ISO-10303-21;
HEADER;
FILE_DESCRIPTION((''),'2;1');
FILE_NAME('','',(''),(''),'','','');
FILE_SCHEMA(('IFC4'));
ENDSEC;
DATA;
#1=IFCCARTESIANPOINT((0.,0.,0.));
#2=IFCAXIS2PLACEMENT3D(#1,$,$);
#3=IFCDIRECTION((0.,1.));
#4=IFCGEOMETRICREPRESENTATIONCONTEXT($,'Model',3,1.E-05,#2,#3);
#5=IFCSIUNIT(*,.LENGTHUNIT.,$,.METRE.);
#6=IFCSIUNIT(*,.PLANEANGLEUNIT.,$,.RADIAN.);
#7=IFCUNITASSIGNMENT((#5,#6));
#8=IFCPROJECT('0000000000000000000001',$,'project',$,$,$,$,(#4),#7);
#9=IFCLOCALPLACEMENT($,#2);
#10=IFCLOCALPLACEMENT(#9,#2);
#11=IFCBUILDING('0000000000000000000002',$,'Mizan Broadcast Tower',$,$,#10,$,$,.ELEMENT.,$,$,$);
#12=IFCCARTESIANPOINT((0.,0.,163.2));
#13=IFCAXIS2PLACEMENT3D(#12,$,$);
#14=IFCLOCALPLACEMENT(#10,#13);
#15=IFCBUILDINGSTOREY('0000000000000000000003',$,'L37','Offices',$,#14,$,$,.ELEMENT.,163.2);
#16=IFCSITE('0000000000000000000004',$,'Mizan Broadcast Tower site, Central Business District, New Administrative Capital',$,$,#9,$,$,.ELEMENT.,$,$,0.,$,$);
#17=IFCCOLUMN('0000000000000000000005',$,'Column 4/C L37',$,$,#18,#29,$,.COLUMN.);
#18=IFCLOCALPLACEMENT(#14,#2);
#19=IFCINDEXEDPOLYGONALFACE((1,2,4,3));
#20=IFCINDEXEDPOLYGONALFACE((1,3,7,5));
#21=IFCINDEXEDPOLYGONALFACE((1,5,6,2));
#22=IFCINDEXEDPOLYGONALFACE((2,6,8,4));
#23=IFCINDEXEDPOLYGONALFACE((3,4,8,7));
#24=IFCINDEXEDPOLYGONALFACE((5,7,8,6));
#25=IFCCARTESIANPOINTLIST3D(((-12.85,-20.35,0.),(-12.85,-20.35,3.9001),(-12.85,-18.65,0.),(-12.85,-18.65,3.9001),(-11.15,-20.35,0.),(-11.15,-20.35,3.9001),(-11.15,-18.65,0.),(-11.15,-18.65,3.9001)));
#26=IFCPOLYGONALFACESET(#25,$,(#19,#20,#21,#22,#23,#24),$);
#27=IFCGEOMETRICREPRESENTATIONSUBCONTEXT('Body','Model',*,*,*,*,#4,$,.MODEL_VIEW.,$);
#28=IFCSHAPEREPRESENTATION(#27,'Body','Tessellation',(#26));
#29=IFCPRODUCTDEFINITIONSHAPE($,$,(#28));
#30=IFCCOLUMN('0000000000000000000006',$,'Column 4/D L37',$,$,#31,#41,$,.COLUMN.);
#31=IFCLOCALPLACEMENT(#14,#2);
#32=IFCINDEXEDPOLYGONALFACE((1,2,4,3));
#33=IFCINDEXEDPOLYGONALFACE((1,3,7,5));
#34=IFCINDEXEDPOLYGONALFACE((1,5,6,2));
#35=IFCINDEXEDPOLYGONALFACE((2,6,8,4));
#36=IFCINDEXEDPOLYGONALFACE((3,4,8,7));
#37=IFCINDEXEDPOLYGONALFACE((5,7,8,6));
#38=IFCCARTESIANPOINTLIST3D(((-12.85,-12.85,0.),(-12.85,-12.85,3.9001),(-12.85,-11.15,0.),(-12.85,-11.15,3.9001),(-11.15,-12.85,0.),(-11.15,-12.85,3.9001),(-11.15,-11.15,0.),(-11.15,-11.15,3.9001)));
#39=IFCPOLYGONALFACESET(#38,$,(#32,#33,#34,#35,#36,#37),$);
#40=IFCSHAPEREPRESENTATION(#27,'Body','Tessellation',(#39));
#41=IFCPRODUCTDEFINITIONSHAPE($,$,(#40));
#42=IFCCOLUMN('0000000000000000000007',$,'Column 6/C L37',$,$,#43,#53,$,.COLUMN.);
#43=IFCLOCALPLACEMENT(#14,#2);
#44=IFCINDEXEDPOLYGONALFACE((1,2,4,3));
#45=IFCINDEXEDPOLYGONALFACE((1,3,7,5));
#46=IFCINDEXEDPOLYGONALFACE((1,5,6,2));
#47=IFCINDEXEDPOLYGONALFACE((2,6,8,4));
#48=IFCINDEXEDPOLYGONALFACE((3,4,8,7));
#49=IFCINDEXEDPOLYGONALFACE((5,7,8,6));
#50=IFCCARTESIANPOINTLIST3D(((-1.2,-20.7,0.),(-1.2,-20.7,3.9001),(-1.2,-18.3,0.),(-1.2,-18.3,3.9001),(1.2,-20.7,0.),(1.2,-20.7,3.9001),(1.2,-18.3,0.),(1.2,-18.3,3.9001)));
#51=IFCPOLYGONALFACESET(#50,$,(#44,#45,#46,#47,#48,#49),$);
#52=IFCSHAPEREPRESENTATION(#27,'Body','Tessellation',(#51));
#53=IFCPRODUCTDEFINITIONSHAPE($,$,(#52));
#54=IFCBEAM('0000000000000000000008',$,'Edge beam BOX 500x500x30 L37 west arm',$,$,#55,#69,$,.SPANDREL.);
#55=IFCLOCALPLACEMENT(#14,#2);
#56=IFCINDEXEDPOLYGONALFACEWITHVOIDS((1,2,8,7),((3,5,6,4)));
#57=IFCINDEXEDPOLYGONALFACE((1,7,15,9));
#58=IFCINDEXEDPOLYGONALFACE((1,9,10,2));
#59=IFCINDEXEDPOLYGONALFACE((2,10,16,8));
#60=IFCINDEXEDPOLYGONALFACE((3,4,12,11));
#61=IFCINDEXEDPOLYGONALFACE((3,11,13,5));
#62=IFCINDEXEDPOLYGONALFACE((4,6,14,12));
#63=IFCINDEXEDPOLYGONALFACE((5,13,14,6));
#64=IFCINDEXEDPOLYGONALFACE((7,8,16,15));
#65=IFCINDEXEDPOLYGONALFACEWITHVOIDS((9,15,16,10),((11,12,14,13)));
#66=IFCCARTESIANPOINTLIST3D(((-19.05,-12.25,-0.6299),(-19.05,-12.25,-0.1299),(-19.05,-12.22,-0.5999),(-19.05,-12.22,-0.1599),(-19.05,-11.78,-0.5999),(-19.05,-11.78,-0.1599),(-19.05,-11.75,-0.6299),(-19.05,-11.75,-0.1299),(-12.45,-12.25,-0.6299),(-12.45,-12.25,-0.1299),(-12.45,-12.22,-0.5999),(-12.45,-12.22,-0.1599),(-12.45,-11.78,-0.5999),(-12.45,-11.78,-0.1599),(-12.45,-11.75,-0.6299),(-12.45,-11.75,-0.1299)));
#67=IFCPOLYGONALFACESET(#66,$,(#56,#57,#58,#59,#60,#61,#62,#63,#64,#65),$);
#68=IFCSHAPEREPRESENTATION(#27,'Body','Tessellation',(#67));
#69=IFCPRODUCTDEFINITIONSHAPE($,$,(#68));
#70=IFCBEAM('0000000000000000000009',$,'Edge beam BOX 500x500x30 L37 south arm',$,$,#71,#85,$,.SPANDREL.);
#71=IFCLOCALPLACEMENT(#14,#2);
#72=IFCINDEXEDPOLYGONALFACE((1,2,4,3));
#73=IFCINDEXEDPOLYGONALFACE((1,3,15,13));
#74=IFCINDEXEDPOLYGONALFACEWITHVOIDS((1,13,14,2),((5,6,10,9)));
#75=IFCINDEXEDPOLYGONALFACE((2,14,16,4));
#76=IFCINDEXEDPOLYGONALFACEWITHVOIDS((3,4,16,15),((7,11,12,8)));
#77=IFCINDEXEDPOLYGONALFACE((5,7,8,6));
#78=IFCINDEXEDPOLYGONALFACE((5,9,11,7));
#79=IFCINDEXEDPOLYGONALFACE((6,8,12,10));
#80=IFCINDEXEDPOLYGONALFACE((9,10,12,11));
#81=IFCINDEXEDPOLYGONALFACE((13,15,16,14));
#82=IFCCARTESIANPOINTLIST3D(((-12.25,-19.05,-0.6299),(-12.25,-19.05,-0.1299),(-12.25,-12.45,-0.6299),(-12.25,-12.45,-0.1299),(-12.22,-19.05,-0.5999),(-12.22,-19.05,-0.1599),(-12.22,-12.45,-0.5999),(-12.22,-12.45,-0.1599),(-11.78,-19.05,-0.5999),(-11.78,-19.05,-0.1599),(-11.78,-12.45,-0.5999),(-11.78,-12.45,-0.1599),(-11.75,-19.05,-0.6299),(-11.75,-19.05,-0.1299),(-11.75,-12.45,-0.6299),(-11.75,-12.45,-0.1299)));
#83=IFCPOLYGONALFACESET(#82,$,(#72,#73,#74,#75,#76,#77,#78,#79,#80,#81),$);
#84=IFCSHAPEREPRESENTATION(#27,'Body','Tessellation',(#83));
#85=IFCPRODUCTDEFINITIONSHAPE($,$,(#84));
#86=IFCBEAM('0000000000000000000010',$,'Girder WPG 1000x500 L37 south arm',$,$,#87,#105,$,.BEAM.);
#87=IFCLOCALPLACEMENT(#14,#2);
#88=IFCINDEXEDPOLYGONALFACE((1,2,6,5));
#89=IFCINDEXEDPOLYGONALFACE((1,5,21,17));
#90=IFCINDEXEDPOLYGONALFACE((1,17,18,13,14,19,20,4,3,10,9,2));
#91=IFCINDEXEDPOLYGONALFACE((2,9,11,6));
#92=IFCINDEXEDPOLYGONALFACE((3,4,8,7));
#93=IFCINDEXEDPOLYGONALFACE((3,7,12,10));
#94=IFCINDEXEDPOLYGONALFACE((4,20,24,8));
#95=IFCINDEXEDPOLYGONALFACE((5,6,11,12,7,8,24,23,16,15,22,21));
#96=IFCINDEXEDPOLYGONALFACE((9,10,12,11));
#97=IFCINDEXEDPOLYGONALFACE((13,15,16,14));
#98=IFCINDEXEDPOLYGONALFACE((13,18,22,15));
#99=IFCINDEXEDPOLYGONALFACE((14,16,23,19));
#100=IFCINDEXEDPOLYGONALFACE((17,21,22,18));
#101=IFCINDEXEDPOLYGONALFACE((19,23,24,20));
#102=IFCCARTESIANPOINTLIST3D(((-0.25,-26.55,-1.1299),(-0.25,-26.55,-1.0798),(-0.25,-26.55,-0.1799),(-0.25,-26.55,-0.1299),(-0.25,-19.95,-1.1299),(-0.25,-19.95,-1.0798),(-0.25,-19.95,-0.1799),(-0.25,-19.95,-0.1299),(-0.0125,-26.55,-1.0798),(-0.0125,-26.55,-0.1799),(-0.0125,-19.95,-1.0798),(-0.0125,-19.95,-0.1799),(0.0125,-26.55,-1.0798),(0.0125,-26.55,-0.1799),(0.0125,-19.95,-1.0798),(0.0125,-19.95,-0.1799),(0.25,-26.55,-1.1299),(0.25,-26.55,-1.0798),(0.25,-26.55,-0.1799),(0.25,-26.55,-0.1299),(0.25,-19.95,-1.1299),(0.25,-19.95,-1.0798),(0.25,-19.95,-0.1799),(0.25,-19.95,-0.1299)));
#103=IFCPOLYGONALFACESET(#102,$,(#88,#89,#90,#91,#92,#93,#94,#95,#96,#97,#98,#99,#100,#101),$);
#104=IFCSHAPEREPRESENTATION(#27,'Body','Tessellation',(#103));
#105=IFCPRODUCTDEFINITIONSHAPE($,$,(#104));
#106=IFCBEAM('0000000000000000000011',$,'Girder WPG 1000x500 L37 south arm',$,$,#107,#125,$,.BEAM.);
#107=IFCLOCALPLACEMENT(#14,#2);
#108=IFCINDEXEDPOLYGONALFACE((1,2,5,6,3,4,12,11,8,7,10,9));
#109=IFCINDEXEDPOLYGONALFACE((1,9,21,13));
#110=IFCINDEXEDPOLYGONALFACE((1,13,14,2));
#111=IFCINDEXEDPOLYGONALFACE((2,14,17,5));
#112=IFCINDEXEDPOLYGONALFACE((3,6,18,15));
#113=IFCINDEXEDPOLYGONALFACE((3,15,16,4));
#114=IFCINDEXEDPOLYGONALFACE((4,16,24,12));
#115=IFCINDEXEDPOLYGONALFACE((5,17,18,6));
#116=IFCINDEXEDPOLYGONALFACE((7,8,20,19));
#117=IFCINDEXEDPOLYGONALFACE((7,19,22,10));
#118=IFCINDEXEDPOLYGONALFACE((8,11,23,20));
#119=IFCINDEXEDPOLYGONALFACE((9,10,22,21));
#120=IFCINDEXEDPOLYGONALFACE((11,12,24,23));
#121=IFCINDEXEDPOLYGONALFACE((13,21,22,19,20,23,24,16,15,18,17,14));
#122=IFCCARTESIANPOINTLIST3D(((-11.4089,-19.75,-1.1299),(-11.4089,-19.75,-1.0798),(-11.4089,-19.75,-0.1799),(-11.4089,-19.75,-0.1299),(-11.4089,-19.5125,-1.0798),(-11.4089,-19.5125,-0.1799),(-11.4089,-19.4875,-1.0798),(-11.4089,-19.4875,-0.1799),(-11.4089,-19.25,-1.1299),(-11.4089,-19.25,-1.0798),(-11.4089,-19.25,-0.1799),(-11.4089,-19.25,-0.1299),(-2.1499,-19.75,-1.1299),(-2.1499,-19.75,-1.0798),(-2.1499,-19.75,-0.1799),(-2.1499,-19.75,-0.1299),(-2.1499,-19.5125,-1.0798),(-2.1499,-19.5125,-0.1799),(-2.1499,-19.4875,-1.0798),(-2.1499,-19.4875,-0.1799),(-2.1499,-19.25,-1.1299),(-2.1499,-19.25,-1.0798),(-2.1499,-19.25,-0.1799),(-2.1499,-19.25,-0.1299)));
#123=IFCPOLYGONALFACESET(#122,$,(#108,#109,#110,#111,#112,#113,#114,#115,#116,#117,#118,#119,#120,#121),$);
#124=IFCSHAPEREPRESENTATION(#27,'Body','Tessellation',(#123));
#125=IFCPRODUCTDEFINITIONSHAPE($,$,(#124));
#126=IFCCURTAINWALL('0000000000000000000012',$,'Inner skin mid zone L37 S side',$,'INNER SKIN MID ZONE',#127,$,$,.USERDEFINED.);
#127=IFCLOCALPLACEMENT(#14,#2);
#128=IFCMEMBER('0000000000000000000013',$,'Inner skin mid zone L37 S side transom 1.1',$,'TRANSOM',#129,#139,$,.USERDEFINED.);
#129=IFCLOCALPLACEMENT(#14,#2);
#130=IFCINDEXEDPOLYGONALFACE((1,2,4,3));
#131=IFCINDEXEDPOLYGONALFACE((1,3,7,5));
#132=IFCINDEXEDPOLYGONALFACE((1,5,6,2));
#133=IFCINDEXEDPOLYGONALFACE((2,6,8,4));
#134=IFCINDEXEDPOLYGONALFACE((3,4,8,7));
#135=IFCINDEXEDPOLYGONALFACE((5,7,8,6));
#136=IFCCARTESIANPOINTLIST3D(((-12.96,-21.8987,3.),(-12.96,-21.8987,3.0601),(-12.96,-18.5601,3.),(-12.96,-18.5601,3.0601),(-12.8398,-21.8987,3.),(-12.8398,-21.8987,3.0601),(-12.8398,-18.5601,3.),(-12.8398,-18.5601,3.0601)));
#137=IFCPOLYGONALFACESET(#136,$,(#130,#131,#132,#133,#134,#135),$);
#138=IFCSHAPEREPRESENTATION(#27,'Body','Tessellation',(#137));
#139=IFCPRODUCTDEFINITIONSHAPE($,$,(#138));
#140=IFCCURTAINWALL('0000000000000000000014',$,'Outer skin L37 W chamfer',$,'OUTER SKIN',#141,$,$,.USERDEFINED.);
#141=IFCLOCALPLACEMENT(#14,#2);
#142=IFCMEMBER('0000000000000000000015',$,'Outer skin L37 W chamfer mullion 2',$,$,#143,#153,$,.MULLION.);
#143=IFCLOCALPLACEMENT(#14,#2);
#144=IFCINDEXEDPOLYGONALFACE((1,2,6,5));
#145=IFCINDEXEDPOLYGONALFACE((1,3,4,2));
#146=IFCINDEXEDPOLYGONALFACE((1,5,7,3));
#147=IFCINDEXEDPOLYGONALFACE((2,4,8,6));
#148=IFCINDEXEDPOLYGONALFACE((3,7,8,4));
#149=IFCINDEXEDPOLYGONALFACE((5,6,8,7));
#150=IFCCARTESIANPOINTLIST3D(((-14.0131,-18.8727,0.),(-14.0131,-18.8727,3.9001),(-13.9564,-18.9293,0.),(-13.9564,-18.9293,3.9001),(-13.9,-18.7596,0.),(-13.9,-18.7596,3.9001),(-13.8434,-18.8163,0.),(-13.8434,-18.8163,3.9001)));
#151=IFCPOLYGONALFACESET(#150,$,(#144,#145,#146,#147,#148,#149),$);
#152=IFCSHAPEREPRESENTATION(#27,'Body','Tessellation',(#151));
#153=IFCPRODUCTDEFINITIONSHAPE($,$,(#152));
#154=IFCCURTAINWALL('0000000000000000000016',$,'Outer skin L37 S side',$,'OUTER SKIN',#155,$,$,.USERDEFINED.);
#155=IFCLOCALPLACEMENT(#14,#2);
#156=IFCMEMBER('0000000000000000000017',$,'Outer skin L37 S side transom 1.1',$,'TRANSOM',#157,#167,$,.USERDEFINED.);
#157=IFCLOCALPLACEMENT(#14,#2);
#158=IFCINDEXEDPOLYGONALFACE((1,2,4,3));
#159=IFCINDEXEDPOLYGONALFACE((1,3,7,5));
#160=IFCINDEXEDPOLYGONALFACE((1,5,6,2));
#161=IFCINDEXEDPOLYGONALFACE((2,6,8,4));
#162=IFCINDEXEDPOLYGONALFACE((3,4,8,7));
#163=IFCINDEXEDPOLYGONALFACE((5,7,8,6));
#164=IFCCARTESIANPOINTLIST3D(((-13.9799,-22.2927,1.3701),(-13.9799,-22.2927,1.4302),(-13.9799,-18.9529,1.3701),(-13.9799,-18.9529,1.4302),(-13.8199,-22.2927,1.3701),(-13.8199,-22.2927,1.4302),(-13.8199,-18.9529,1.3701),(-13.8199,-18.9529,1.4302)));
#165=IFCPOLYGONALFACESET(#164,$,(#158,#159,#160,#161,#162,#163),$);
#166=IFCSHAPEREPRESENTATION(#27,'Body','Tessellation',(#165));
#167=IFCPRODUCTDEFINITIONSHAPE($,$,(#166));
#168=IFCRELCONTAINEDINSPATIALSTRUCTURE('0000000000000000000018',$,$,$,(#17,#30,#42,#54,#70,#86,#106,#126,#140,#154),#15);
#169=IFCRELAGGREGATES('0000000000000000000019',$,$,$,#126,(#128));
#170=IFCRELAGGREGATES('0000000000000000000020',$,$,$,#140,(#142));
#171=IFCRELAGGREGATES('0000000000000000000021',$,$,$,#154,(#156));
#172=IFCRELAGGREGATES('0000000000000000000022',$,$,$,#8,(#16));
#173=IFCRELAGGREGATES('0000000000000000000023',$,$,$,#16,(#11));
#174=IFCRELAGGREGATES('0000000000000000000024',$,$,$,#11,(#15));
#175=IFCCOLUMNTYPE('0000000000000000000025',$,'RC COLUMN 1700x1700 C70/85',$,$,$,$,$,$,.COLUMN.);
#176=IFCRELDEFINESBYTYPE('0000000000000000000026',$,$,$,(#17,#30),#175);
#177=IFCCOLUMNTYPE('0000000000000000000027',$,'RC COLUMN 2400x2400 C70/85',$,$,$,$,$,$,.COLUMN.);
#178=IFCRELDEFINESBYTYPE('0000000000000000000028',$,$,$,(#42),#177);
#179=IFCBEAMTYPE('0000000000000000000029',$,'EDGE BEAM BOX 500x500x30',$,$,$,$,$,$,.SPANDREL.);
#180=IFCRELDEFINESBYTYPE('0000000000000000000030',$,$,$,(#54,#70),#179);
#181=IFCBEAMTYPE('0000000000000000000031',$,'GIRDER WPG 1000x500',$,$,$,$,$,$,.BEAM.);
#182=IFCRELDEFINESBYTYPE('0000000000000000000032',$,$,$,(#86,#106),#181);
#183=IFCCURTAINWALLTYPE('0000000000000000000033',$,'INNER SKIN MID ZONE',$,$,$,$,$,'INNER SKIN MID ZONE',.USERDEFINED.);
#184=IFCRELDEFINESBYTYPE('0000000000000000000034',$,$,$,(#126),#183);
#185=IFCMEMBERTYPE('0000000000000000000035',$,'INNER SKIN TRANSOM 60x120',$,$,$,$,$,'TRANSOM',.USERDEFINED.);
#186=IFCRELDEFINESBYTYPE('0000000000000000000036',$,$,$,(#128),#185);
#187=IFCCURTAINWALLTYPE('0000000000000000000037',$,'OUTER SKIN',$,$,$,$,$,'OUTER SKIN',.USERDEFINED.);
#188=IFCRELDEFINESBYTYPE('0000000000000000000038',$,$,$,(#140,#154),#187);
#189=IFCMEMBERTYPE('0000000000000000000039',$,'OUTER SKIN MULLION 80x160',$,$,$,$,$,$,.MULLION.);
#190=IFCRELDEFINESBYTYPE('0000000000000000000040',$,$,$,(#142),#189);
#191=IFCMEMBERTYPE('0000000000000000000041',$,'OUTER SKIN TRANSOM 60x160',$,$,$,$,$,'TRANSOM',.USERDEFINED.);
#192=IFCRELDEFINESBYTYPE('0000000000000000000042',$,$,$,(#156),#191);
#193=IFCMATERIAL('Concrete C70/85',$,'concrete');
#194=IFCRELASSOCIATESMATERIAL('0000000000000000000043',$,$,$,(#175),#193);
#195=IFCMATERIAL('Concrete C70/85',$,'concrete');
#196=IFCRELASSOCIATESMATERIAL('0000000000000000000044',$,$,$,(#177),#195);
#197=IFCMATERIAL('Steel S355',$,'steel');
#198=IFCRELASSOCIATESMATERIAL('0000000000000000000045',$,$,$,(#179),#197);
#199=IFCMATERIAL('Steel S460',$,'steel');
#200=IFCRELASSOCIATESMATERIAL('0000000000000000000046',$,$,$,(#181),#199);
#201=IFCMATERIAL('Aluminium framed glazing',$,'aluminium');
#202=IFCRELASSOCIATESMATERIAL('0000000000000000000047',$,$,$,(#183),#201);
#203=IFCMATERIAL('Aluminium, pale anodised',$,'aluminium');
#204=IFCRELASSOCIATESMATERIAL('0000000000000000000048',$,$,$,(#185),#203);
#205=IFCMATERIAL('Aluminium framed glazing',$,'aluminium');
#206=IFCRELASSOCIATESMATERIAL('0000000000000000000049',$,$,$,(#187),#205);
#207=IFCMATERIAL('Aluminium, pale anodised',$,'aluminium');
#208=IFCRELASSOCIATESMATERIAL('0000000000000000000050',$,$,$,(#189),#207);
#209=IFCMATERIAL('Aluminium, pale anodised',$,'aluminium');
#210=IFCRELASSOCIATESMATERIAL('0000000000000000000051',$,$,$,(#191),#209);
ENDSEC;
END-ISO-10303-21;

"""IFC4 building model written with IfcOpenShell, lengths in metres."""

from ifc_helpers import new_model, si_unit, direction, frame, origin, origin_2d, place, context, subcontext, project, spatial, rectangle, hollow_rectangle, i_section, extrude, material, material_profile, profile_set, type_object, element, aggregate, save


model = new_model("IFC4")

# Units and contexts
model_context = context("Model", 3, precision=1e-05, world=origin(), true_north=direction((0.0, 1.0)))
body_context = subcontext(model_context, "Body", "Model", "MODEL_VIEW")
ifc_project = project(units=[si_unit("LENGTHUNIT", "METRE"), si_unit("PLANEANGLEUNIT", "RADIAN")], contexts=[model_context])

# Site, building, storey
site_placement = place(None, origin())
site = spatial("IfcSite", under=ifc_project, at=site_placement, Name="Mizan Broadcast Tower site, Central Business District, New Administrative Capital", CompositionType="ELEMENT", RefElevation=0.0)
building_placement = place(site_placement, origin())
building = spatial("IfcBuilding", under=site, at=building_placement, Name="Mizan Broadcast Tower", CompositionType="ELEMENT")
storey_placement = place(building_placement, frame((0.0, 0.0, 163.2)))
storey = spatial("IfcBuildingStorey", under=building, at=storey_placement, Name="L37", Description="Offices", CompositionType="ELEMENT", Elevation=163.2)

# Columns
ifc_material_1 = material(Name="Concrete C70/85", Category="concrete")
ifc_material_profile_1 = material_profile(ifc_material_1, rectangle(XDim=1.7, YDim=1.7, at=origin_2d()), Name="RC 1700x1700")
ifc_profile_set_1 = profile_set([ifc_material_profile_1], Name="Concrete C70/85")
column_type_1 = type_object("IfcColumnType", Name="RC COLUMN 1700x1700 C70/85", PredefinedType="COLUMN", material=ifc_profile_set_1)
for number, where, z_axis, x_axis, name in (
    (1, (-12.0, -19.5, 0.0), (0.0, 0.0, 1.0), (1.0, 0.0, 0.0), "Column 4/C L37"),
    (2, (-12.0, -12.0, 0.0), (0.0, 0.0, 1.0), (1.0, 0.0, 0.0), "Column 4/D L37"),
):
    element("IfcColumn", number, at=place(storey_placement, frame(where, z_axis=z_axis, x_axis=x_axis)), inside=storey, type_object=column_type_1, Name=name, PredefinedType="COLUMN", context=body_context, shape_type="SweptSolid", body=[
        extrude(rectangle(XDim=1.7, YDim=1.7, at=origin_2d()), origin(), (0.0, 0.0, 1.0), 3.9001),
    ])
ifc_material_2 = material(Name="Concrete C70/85", Category="concrete")
ifc_material_profile_2 = material_profile(ifc_material_2, rectangle(XDim=2.3999, YDim=2.3999, at=origin_2d()), Name="RC 2400x2400")
ifc_profile_set_2 = profile_set([ifc_material_profile_2], Name="Concrete C70/85")
column_type_2 = type_object("IfcColumnType", Name="RC COLUMN 2400x2400 C70/85", PredefinedType="COLUMN", material=ifc_profile_set_2)
column_placement = place(storey_placement, frame((0.0, -19.5, 0.0), z_axis=(0.0, 0.0, 1.0), x_axis=(1.0, 0.0, 0.0)))
element("IfcColumn", 3, at=column_placement, inside=storey, type_object=column_type_2, Name="Column 6/C L37", PredefinedType="COLUMN", context=body_context, shape_type="SweptSolid", body=[
    extrude(rectangle(XDim=2.3999, YDim=2.3999, at=origin_2d()), origin(), (0.0, 0.0, 1.0), 3.9001),
])

# Beams
ifc_material_3 = material(Name="Steel S355", Category="steel")
ifc_material_profile_3 = material_profile(ifc_material_3, hollow_rectangle(XDim=0.5, YDim=0.5, WallThickness=0.03, at=origin_2d()), Name="BOX 500x500x30")
ifc_profile_set_3 = profile_set([ifc_material_profile_3], Name="Steel S355")
beam_type_1 = type_object("IfcBeamType", Name="EDGE BEAM BOX 500x500x30", PredefinedType="SPANDREL", material=ifc_profile_set_3)
for number, where, z_axis, x_axis, name in (
    (4, (-12.45, -12.0, -0.3799), (-1.0, 0.0, 0.0), (0.0, -1.0, 0.0), "Edge beam BOX 500x500x30 L37 west arm"),
    (5, (-12.0, -12.45, -0.3799), (0.0, -1.0, 0.0), (1.0, 0.0, 0.0), "Edge beam BOX 500x500x30 L37 south arm"),
):
    element("IfcBeam", number, at=place(storey_placement, frame(where, z_axis=z_axis, x_axis=x_axis)), inside=storey, type_object=beam_type_1, Name=name, PredefinedType="SPANDREL", context=body_context, shape_type="SweptSolid", body=[
        extrude(hollow_rectangle(XDim=0.5, YDim=0.5, WallThickness=0.03, at=origin_2d()), origin(), (0.0, 0.0, 1.0), 6.6001),
    ])
ifc_material_4 = material(Name="Steel S460", Category="steel")
ifc_material_profile_4 = material_profile(ifc_material_4, i_section(OverallWidth=0.5, OverallDepth=1.0, WebThickness=0.0249, FlangeThickness=0.05, at=origin_2d()), Name="WPG 1000x500")
ifc_profile_set_4 = profile_set([ifc_material_profile_4], Name="Steel S460")
beam_type_2 = type_object("IfcBeamType", Name="GIRDER WPG 1000x500", PredefinedType="BEAM", material=ifc_profile_set_4)
beam_1_placement = place(storey_placement, frame((0.0, -19.95, -0.6299), z_axis=(0.0, -1.0, 0.0), x_axis=(1.0, 0.0, 0.0)))
element("IfcBeam", 6, at=beam_1_placement, inside=storey, type_object=beam_type_2, Name="Girder WPG 1000x500 L37 south arm", PredefinedType="BEAM", context=body_context, shape_type="SweptSolid", body=[
    extrude(i_section(OverallWidth=0.5, OverallDepth=1.0, WebThickness=0.0249, FlangeThickness=0.05, at=origin_2d()), origin(), (0.0, 0.0, 1.0), 6.6001),
])
beam_2_placement = place(storey_placement, frame((-11.4089, -19.5, -0.6299), z_axis=(1.0, 0.0, 0.0), x_axis=(0.0, 1.0, 0.0)))
element("IfcBeam", 7, at=beam_2_placement, inside=storey, type_object=beam_type_2, Name="Girder WPG 1000x500 L37 south arm", PredefinedType="BEAM", context=body_context, shape_type="SweptSolid", body=[
    extrude(i_section(OverallWidth=0.5, OverallDepth=1.0, WebThickness=0.0249, FlangeThickness=0.05, at=origin_2d()), origin(), (0.0, 0.0, 1.0), 9.259),
])

# Curtain walls, members
ifc_material_5 = material(Name="Aluminium framed glazing", Category="aluminium")
curtain_wall_type_1 = type_object("IfcCurtainWallType", Name="INNER SKIN MID ZONE", ElementType="INNER SKIN MID ZONE", PredefinedType="USERDEFINED", material=ifc_material_5)
curtain_wall_1_placement = place(storey_placement, origin())
curtain_wall_1 = element("IfcCurtainWall", 8, at=curtain_wall_1_placement, inside=storey, type_object=curtain_wall_type_1, Name="Inner skin mid zone L37 S side", ObjectType="INNER SKIN MID ZONE", PredefinedType="USERDEFINED")
ifc_material_6 = material(Name="Aluminium, pale anodised", Category="aluminium")
ifc_material_profile_5 = material_profile(ifc_material_6, rectangle(XDim=0.1201, YDim=0.0601, at=origin_2d()), Name="TRANSOM 120x60")
ifc_profile_set_5 = profile_set([ifc_material_profile_5], Name="Aluminium, pale anodised")
member_type_1 = type_object("IfcMemberType", Name="INNER SKIN TRANSOM 60x120", ElementType="TRANSOM", PredefinedType="USERDEFINED", material=ifc_profile_set_5)
member_1_placement = place(storey_placement, frame((-12.8999, -18.5601, 3.03), z_axis=(0.0, -1.0, 0.0), x_axis=(1.0, 0.0, 0.0)))
member_1 = element("IfcMember", 9, at=member_1_placement, type_object=member_type_1, Name="Inner skin mid zone L37 S side transom 1.1", ObjectType="TRANSOM", PredefinedType="USERDEFINED", context=body_context, shape_type="SweptSolid", body=[
    extrude(rectangle(XDim=0.1201, YDim=0.0601, at=origin_2d()), origin(), (0.0, 0.0, 1.0), 3.3386),
])
aggregate(curtain_wall_1, [member_1])
ifc_material_7 = material(Name="Aluminium framed glazing", Category="aluminium")
curtain_wall_type_2 = type_object("IfcCurtainWallType", Name="OUTER SKIN", ElementType="OUTER SKIN", PredefinedType="USERDEFINED", material=ifc_material_7)
curtain_wall_2_placement = place(storey_placement, origin())
curtain_wall_2 = element("IfcCurtainWall", 10, at=curtain_wall_2_placement, inside=storey, type_object=curtain_wall_type_2, Name="Outer skin L37 W chamfer", ObjectType="OUTER SKIN", PredefinedType="USERDEFINED")
ifc_material_8 = material(Name="Aluminium, pale anodised", Category="aluminium")
ifc_material_profile_6 = material_profile(ifc_material_8, rectangle(XDim=0.1599, YDim=0.0801, at=origin_2d()), Name="MULLION 160x80")
ifc_profile_set_6 = profile_set([ifc_material_profile_6], Name="Aluminium, pale anodised")
member_type_2 = type_object("IfcMemberType", Name="OUTER SKIN MULLION 80x160", PredefinedType="MULLION", material=ifc_profile_set_6)
member_2_placement = place(storey_placement, frame((-13.9282, -18.8445, 0.0), z_axis=(0.0, 0.0, 1.0), x_axis=(0.707107, 0.707107, 0.0)))
member_2 = element("IfcMember", 11, at=member_2_placement, type_object=member_type_2, Name="Outer skin L37 W chamfer mullion 2", PredefinedType="MULLION", context=body_context, shape_type="SweptSolid", body=[
    extrude(rectangle(XDim=0.1599, YDim=0.0801, at=origin_2d()), origin(), (0.0, 0.0, 1.0), 3.9001),
])
aggregate(curtain_wall_2, [member_2])
curtain_wall_3_placement = place(storey_placement, origin())
curtain_wall_3 = element("IfcCurtainWall", 12, at=curtain_wall_3_placement, inside=storey, type_object=curtain_wall_type_2, Name="Outer skin L37 S side", ObjectType="OUTER SKIN", PredefinedType="USERDEFINED")
ifc_material_9 = material(Name="Aluminium, pale anodised", Category="aluminium")
ifc_material_profile_7 = material_profile(ifc_material_9, rectangle(XDim=0.1599, YDim=0.0601, at=origin_2d()), Name="TRANSOM 160x60")
ifc_profile_set_7 = profile_set([ifc_material_profile_7], Name="Aluminium, pale anodised")
member_type_3 = type_object("IfcMemberType", Name="OUTER SKIN TRANSOM 60x160", ElementType="TRANSOM", PredefinedType="USERDEFINED", material=ifc_profile_set_7)
member_3_placement = place(storey_placement, frame((-13.8999, -18.9529, 1.4001), z_axis=(0.0, -1.0, 0.0), x_axis=(1.0, 0.0, 0.0)))
member_3 = element("IfcMember", 13, at=member_3_placement, type_object=member_type_3, Name="Outer skin L37 S side transom 1.1", ObjectType="TRANSOM", PredefinedType="USERDEFINED", context=body_context, shape_type="SweptSolid", body=[
    extrude(rectangle(XDim=0.1599, YDim=0.0601, at=origin_2d()), origin(), (0.0, 0.0, 1.0), 3.3398),
])
aggregate(curtain_wall_3, [member_3])

save(model, "model.ifc")
